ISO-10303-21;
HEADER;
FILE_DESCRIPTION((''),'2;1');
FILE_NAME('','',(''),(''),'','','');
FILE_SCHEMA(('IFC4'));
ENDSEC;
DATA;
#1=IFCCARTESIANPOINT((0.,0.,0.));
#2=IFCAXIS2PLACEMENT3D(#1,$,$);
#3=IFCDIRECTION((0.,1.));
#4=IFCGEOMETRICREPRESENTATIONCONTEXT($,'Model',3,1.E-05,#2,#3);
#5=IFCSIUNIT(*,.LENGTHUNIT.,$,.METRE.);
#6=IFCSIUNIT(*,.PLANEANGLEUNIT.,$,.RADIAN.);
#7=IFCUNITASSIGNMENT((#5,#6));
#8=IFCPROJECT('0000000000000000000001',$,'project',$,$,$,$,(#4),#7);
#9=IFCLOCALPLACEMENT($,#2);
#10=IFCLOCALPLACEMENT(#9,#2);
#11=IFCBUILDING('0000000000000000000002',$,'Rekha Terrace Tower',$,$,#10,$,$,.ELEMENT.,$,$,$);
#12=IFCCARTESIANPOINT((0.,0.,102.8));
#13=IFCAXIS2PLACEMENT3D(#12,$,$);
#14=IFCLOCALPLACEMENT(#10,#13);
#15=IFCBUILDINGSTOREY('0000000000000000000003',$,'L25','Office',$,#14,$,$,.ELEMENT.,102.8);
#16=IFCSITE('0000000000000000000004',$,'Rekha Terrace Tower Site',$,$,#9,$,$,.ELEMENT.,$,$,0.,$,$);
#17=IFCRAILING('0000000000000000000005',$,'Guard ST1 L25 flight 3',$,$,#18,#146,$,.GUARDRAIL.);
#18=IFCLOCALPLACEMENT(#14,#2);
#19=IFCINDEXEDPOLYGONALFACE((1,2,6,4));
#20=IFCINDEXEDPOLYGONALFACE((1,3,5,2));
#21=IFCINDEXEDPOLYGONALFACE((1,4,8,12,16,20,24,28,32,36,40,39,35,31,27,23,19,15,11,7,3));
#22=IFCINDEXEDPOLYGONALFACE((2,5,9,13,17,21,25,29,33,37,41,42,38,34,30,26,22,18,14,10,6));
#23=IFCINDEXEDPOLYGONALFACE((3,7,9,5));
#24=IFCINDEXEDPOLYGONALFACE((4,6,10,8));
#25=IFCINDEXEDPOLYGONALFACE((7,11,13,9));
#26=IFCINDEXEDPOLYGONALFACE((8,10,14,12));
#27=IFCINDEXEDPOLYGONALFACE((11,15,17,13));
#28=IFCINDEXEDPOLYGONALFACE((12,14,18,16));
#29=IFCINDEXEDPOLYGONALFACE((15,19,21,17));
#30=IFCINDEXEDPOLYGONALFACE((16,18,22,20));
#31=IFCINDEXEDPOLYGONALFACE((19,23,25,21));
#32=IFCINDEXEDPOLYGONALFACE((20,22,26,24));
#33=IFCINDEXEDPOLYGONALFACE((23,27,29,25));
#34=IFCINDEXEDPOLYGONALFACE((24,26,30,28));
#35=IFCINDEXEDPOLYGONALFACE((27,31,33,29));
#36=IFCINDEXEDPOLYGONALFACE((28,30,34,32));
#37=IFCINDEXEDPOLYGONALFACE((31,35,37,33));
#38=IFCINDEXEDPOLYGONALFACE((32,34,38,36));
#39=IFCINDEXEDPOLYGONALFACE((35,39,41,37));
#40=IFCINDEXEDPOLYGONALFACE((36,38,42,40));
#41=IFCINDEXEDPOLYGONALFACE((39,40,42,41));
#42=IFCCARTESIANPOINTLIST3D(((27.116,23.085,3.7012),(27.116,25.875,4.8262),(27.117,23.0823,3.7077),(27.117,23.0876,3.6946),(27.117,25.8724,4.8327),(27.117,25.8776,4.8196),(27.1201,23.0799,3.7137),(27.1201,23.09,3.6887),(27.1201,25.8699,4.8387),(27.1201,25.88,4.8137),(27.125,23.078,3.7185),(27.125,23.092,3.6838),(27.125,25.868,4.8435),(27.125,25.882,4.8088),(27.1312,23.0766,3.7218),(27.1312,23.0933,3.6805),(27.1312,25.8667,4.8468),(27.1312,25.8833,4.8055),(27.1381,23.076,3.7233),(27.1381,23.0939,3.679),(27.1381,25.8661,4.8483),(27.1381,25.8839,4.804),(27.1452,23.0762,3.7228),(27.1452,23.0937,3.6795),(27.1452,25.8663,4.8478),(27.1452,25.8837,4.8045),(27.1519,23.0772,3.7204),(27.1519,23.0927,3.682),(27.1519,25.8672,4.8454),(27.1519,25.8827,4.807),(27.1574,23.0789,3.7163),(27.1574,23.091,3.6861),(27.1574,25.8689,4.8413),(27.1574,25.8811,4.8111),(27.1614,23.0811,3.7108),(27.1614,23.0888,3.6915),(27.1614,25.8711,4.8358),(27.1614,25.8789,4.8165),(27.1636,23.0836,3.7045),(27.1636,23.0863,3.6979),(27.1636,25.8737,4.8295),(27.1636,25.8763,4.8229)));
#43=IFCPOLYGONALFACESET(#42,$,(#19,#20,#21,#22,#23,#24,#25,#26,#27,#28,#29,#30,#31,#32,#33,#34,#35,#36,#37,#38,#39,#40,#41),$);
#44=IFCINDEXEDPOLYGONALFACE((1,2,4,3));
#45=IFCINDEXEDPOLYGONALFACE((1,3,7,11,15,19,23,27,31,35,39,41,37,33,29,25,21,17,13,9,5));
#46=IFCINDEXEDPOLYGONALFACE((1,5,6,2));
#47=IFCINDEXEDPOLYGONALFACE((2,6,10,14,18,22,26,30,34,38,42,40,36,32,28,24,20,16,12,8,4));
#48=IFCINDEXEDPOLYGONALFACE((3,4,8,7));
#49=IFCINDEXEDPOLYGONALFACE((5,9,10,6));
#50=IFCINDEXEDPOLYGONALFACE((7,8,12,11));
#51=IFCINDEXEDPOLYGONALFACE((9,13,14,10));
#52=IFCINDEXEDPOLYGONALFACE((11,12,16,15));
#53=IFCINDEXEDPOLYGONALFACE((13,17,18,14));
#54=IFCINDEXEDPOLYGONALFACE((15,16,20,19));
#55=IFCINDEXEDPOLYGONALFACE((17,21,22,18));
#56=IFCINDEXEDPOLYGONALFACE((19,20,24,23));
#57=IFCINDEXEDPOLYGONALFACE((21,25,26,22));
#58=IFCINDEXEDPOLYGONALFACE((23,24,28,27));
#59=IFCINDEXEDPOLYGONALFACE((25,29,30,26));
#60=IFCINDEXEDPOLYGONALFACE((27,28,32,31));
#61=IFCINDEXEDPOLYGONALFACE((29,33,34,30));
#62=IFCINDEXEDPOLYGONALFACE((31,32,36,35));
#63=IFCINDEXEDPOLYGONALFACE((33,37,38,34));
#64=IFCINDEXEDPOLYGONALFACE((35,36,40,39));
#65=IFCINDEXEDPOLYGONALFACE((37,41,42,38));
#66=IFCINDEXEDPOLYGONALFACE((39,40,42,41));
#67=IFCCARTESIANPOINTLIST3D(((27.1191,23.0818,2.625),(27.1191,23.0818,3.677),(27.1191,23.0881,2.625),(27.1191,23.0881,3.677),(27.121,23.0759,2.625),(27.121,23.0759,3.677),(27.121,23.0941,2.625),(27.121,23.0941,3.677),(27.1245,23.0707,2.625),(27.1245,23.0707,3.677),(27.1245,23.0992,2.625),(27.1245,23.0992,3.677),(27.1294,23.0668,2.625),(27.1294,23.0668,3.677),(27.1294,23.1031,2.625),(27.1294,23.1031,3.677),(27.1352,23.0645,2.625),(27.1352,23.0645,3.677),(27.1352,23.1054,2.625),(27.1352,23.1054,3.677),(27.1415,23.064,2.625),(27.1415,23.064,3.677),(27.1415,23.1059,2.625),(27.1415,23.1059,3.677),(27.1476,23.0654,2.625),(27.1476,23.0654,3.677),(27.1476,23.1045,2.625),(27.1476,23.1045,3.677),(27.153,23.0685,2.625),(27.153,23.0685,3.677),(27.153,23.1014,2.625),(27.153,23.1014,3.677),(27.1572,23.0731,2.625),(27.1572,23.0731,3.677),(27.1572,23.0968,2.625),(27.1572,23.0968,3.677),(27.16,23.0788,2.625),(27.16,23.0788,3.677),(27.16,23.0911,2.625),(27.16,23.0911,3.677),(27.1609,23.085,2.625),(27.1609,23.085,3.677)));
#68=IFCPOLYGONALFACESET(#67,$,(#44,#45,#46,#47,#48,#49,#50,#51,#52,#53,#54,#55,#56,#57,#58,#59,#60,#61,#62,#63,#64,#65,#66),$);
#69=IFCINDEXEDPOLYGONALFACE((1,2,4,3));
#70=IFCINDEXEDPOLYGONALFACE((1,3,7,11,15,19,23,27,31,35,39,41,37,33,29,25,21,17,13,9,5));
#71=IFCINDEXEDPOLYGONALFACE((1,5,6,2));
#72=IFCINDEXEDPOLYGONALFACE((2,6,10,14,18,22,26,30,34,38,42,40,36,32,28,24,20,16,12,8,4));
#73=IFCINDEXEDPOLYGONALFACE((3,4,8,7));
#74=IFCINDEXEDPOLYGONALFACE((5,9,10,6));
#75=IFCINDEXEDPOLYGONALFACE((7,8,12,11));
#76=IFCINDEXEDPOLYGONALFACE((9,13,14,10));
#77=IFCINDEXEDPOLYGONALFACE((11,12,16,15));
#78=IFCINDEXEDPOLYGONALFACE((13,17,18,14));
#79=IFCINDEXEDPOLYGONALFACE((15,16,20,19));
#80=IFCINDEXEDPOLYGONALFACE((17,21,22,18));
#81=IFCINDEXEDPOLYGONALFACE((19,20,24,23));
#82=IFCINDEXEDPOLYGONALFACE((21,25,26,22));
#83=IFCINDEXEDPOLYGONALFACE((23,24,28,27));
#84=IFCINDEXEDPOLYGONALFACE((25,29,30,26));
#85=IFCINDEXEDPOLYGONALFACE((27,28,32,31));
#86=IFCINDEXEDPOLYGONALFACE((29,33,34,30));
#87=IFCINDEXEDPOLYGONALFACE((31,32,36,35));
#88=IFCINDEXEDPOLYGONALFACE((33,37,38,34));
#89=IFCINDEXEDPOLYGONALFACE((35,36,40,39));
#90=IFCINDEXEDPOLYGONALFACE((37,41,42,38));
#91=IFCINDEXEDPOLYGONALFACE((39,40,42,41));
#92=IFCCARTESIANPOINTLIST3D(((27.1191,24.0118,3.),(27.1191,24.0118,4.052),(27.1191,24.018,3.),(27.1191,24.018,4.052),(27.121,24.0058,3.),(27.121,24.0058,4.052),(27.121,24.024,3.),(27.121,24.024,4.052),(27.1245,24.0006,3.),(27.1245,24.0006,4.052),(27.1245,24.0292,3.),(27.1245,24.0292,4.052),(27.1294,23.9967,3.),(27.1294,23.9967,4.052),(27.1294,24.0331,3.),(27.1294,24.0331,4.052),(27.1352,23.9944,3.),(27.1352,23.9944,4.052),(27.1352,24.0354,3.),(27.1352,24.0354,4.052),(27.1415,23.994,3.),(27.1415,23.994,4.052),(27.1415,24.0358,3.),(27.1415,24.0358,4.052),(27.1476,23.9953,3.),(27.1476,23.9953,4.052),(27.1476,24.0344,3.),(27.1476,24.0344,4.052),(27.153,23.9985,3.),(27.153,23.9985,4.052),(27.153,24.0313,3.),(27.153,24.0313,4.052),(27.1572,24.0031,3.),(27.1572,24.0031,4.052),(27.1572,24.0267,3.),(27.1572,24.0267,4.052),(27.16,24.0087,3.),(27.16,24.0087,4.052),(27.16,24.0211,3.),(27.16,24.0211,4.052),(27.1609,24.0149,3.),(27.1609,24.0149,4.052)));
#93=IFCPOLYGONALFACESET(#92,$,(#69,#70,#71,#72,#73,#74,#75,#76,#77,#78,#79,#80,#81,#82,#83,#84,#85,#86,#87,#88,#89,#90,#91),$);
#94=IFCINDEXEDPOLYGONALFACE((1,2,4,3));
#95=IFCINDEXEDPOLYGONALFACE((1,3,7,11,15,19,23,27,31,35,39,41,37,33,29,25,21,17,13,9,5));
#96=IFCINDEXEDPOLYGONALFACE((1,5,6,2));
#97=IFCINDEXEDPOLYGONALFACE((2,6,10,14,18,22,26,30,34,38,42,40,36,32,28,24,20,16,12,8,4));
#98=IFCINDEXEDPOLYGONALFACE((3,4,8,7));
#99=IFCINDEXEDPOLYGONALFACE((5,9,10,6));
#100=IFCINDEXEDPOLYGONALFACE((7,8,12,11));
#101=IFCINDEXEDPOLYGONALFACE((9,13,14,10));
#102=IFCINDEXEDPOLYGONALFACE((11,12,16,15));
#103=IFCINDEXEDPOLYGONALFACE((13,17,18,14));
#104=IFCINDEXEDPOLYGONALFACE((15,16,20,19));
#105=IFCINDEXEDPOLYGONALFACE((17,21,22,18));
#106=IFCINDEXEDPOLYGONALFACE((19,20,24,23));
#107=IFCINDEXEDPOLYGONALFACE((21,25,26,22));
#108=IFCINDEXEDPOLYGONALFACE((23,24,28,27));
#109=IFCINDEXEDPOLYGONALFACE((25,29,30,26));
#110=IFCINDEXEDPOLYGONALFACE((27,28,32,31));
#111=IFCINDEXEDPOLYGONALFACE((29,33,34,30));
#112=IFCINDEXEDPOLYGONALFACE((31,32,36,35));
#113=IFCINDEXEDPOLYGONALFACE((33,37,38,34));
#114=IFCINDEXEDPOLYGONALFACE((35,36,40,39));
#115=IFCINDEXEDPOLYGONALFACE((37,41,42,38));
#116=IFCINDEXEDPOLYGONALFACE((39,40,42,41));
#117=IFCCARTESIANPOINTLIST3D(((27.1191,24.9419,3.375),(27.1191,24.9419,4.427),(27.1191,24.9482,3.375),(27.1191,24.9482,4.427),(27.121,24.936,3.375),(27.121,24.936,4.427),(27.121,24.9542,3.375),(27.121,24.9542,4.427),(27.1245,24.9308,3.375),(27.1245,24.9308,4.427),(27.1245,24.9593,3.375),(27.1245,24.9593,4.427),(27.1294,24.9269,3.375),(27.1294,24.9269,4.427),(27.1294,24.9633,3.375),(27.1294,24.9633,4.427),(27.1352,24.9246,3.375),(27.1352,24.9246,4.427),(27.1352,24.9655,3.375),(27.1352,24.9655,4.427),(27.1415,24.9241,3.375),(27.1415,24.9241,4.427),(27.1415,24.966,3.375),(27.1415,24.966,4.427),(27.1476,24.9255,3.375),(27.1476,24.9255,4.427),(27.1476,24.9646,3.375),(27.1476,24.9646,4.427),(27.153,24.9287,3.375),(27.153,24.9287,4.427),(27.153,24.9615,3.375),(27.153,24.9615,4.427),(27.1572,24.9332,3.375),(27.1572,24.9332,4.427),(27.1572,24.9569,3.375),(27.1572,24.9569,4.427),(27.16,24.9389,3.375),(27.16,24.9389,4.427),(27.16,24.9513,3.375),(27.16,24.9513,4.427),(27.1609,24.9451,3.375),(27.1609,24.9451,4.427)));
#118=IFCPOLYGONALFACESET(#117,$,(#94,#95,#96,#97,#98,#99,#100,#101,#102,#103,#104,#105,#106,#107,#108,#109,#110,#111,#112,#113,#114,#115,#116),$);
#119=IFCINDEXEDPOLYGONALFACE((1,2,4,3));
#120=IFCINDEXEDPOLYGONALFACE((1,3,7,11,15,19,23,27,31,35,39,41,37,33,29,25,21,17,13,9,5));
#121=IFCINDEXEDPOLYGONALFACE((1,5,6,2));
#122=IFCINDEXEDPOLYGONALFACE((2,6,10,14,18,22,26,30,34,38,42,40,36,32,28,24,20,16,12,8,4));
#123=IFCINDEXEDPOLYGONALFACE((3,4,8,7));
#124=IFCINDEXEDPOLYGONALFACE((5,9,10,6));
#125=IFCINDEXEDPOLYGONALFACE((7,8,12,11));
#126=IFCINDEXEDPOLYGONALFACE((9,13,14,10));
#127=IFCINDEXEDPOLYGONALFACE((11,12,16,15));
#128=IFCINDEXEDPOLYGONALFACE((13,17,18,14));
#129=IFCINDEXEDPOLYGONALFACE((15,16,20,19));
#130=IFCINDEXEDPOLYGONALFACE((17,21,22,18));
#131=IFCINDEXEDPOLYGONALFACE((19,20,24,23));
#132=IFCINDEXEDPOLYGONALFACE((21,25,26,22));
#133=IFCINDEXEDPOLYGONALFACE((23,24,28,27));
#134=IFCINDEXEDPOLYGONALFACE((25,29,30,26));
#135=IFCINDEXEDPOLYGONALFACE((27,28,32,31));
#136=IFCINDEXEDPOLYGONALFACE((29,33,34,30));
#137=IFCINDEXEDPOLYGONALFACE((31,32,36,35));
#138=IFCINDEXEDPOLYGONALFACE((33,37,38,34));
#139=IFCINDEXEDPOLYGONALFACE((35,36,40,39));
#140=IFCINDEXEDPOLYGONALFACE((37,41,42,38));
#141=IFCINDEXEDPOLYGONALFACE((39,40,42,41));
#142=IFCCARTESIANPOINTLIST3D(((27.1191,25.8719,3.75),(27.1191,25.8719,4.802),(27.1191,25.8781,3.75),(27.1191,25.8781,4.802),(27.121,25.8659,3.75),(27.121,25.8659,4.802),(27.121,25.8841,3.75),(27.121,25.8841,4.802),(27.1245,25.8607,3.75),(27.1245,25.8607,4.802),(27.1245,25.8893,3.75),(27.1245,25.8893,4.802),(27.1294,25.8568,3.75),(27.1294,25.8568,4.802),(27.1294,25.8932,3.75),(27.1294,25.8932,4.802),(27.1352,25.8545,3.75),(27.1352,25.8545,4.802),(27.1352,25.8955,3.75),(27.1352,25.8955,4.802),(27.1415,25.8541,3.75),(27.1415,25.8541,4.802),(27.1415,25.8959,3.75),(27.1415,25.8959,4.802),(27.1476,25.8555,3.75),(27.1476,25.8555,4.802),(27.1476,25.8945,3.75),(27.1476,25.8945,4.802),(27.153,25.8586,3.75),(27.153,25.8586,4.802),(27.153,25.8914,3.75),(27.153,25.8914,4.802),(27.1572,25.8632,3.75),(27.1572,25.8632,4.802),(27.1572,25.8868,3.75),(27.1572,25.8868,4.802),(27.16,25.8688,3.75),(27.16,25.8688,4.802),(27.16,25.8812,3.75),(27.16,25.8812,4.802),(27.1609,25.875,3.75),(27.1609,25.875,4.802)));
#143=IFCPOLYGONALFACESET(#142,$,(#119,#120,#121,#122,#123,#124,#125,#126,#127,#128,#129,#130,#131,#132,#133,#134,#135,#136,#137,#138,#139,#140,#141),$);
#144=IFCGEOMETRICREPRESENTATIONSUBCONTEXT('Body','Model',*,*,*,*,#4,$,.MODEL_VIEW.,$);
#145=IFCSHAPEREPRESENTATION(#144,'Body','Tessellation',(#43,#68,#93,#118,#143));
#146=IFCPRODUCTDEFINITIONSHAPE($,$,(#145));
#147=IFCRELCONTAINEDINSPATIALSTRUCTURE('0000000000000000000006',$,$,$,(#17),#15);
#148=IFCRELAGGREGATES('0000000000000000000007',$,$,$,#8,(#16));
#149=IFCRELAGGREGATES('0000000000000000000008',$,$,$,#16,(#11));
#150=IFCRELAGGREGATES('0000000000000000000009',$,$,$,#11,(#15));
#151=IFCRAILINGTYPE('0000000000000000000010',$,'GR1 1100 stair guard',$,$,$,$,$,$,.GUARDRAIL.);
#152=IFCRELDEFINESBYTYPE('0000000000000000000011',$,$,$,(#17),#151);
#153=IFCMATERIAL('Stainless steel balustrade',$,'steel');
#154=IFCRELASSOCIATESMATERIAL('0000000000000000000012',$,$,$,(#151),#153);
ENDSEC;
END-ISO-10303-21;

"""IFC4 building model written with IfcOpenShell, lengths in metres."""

from ifc_helpers import new_model, si_unit, direction, frame, origin, origin_2d, place, context, subcontext, project, spatial, circle, extrude, material, type_object, element, save


model = new_model("IFC4")

# Units and contexts
model_context = context("Model", 3, precision=1e-05, world=origin(), true_north=direction((0.0, 1.0)))
body_context = subcontext(model_context, "Body", "Model", "MODEL_VIEW")
ifc_project = project(units=[si_unit("LENGTHUNIT", "METRE"), si_unit("PLANEANGLEUNIT", "RADIAN")], contexts=[model_context])

# Site, building, storey
site_placement = place(None, origin())
site = spatial("IfcSite", under=ifc_project, at=site_placement, Name="Rekha Terrace Tower Site", CompositionType="ELEMENT", RefElevation=0.0)
building_placement = place(site_placement, origin())
building = spatial("IfcBuilding", under=site, at=building_placement, Name="Rekha Terrace Tower", CompositionType="ELEMENT")
storey_placement = place(building_placement, frame((0.0, 0.0, 102.8)))
storey = spatial("IfcBuildingStorey", under=building, at=storey_placement, Name="L25", Description="Office", CompositionType="ELEMENT", Elevation=102.8)

# Railing
ifc_material_1 = material(Name="Stainless steel balustrade", Category="steel")
railing_type_1 = type_object("IfcRailingType", Name="GR1 1100 stair guard", PredefinedType="GUARDRAIL", material=ifc_material_1)
railing_1_placement = place(storey_placement, frame((27.1399, 23.085, 2.625)))
element("IfcRailing", 1, at=railing_1_placement, inside=storey, type_object=railing_type_1, Name="Guard ST1 L25 flight 3", PredefinedType="GUARDRAIL", context=body_context, shape_type="SweptSolid", body=[
    extrude(circle(Radius=0.0239, at=origin_2d()), frame((0.0, 0.0, 1.0762), z_axis=(0.0, 0.927443, 0.373964), x_axis=(-1.0, 0.0, 0.0)), (0.0, 0.0, 1.0), 3.0083),
    extrude(circle(Radius=0.021, at=origin_2d()), origin(), (0.0, 0.0, 1.0), 1.052),
    extrude(circle(Radius=0.021, at=origin_2d()), frame((0.0, 0.9299, 0.375)), (0.0, 0.0, 1.0), 1.052),
    extrude(circle(Radius=0.021, at=origin_2d()), frame((0.0, 1.8601, 0.75)), (0.0, 0.0, 1.0), 1.052),
    extrude(circle(Radius=0.021, at=origin_2d()), frame((0.0, 2.79, 1.125)), (0.0, 0.0, 1.0), 1.052),
])

save(model, "model.ifc")
